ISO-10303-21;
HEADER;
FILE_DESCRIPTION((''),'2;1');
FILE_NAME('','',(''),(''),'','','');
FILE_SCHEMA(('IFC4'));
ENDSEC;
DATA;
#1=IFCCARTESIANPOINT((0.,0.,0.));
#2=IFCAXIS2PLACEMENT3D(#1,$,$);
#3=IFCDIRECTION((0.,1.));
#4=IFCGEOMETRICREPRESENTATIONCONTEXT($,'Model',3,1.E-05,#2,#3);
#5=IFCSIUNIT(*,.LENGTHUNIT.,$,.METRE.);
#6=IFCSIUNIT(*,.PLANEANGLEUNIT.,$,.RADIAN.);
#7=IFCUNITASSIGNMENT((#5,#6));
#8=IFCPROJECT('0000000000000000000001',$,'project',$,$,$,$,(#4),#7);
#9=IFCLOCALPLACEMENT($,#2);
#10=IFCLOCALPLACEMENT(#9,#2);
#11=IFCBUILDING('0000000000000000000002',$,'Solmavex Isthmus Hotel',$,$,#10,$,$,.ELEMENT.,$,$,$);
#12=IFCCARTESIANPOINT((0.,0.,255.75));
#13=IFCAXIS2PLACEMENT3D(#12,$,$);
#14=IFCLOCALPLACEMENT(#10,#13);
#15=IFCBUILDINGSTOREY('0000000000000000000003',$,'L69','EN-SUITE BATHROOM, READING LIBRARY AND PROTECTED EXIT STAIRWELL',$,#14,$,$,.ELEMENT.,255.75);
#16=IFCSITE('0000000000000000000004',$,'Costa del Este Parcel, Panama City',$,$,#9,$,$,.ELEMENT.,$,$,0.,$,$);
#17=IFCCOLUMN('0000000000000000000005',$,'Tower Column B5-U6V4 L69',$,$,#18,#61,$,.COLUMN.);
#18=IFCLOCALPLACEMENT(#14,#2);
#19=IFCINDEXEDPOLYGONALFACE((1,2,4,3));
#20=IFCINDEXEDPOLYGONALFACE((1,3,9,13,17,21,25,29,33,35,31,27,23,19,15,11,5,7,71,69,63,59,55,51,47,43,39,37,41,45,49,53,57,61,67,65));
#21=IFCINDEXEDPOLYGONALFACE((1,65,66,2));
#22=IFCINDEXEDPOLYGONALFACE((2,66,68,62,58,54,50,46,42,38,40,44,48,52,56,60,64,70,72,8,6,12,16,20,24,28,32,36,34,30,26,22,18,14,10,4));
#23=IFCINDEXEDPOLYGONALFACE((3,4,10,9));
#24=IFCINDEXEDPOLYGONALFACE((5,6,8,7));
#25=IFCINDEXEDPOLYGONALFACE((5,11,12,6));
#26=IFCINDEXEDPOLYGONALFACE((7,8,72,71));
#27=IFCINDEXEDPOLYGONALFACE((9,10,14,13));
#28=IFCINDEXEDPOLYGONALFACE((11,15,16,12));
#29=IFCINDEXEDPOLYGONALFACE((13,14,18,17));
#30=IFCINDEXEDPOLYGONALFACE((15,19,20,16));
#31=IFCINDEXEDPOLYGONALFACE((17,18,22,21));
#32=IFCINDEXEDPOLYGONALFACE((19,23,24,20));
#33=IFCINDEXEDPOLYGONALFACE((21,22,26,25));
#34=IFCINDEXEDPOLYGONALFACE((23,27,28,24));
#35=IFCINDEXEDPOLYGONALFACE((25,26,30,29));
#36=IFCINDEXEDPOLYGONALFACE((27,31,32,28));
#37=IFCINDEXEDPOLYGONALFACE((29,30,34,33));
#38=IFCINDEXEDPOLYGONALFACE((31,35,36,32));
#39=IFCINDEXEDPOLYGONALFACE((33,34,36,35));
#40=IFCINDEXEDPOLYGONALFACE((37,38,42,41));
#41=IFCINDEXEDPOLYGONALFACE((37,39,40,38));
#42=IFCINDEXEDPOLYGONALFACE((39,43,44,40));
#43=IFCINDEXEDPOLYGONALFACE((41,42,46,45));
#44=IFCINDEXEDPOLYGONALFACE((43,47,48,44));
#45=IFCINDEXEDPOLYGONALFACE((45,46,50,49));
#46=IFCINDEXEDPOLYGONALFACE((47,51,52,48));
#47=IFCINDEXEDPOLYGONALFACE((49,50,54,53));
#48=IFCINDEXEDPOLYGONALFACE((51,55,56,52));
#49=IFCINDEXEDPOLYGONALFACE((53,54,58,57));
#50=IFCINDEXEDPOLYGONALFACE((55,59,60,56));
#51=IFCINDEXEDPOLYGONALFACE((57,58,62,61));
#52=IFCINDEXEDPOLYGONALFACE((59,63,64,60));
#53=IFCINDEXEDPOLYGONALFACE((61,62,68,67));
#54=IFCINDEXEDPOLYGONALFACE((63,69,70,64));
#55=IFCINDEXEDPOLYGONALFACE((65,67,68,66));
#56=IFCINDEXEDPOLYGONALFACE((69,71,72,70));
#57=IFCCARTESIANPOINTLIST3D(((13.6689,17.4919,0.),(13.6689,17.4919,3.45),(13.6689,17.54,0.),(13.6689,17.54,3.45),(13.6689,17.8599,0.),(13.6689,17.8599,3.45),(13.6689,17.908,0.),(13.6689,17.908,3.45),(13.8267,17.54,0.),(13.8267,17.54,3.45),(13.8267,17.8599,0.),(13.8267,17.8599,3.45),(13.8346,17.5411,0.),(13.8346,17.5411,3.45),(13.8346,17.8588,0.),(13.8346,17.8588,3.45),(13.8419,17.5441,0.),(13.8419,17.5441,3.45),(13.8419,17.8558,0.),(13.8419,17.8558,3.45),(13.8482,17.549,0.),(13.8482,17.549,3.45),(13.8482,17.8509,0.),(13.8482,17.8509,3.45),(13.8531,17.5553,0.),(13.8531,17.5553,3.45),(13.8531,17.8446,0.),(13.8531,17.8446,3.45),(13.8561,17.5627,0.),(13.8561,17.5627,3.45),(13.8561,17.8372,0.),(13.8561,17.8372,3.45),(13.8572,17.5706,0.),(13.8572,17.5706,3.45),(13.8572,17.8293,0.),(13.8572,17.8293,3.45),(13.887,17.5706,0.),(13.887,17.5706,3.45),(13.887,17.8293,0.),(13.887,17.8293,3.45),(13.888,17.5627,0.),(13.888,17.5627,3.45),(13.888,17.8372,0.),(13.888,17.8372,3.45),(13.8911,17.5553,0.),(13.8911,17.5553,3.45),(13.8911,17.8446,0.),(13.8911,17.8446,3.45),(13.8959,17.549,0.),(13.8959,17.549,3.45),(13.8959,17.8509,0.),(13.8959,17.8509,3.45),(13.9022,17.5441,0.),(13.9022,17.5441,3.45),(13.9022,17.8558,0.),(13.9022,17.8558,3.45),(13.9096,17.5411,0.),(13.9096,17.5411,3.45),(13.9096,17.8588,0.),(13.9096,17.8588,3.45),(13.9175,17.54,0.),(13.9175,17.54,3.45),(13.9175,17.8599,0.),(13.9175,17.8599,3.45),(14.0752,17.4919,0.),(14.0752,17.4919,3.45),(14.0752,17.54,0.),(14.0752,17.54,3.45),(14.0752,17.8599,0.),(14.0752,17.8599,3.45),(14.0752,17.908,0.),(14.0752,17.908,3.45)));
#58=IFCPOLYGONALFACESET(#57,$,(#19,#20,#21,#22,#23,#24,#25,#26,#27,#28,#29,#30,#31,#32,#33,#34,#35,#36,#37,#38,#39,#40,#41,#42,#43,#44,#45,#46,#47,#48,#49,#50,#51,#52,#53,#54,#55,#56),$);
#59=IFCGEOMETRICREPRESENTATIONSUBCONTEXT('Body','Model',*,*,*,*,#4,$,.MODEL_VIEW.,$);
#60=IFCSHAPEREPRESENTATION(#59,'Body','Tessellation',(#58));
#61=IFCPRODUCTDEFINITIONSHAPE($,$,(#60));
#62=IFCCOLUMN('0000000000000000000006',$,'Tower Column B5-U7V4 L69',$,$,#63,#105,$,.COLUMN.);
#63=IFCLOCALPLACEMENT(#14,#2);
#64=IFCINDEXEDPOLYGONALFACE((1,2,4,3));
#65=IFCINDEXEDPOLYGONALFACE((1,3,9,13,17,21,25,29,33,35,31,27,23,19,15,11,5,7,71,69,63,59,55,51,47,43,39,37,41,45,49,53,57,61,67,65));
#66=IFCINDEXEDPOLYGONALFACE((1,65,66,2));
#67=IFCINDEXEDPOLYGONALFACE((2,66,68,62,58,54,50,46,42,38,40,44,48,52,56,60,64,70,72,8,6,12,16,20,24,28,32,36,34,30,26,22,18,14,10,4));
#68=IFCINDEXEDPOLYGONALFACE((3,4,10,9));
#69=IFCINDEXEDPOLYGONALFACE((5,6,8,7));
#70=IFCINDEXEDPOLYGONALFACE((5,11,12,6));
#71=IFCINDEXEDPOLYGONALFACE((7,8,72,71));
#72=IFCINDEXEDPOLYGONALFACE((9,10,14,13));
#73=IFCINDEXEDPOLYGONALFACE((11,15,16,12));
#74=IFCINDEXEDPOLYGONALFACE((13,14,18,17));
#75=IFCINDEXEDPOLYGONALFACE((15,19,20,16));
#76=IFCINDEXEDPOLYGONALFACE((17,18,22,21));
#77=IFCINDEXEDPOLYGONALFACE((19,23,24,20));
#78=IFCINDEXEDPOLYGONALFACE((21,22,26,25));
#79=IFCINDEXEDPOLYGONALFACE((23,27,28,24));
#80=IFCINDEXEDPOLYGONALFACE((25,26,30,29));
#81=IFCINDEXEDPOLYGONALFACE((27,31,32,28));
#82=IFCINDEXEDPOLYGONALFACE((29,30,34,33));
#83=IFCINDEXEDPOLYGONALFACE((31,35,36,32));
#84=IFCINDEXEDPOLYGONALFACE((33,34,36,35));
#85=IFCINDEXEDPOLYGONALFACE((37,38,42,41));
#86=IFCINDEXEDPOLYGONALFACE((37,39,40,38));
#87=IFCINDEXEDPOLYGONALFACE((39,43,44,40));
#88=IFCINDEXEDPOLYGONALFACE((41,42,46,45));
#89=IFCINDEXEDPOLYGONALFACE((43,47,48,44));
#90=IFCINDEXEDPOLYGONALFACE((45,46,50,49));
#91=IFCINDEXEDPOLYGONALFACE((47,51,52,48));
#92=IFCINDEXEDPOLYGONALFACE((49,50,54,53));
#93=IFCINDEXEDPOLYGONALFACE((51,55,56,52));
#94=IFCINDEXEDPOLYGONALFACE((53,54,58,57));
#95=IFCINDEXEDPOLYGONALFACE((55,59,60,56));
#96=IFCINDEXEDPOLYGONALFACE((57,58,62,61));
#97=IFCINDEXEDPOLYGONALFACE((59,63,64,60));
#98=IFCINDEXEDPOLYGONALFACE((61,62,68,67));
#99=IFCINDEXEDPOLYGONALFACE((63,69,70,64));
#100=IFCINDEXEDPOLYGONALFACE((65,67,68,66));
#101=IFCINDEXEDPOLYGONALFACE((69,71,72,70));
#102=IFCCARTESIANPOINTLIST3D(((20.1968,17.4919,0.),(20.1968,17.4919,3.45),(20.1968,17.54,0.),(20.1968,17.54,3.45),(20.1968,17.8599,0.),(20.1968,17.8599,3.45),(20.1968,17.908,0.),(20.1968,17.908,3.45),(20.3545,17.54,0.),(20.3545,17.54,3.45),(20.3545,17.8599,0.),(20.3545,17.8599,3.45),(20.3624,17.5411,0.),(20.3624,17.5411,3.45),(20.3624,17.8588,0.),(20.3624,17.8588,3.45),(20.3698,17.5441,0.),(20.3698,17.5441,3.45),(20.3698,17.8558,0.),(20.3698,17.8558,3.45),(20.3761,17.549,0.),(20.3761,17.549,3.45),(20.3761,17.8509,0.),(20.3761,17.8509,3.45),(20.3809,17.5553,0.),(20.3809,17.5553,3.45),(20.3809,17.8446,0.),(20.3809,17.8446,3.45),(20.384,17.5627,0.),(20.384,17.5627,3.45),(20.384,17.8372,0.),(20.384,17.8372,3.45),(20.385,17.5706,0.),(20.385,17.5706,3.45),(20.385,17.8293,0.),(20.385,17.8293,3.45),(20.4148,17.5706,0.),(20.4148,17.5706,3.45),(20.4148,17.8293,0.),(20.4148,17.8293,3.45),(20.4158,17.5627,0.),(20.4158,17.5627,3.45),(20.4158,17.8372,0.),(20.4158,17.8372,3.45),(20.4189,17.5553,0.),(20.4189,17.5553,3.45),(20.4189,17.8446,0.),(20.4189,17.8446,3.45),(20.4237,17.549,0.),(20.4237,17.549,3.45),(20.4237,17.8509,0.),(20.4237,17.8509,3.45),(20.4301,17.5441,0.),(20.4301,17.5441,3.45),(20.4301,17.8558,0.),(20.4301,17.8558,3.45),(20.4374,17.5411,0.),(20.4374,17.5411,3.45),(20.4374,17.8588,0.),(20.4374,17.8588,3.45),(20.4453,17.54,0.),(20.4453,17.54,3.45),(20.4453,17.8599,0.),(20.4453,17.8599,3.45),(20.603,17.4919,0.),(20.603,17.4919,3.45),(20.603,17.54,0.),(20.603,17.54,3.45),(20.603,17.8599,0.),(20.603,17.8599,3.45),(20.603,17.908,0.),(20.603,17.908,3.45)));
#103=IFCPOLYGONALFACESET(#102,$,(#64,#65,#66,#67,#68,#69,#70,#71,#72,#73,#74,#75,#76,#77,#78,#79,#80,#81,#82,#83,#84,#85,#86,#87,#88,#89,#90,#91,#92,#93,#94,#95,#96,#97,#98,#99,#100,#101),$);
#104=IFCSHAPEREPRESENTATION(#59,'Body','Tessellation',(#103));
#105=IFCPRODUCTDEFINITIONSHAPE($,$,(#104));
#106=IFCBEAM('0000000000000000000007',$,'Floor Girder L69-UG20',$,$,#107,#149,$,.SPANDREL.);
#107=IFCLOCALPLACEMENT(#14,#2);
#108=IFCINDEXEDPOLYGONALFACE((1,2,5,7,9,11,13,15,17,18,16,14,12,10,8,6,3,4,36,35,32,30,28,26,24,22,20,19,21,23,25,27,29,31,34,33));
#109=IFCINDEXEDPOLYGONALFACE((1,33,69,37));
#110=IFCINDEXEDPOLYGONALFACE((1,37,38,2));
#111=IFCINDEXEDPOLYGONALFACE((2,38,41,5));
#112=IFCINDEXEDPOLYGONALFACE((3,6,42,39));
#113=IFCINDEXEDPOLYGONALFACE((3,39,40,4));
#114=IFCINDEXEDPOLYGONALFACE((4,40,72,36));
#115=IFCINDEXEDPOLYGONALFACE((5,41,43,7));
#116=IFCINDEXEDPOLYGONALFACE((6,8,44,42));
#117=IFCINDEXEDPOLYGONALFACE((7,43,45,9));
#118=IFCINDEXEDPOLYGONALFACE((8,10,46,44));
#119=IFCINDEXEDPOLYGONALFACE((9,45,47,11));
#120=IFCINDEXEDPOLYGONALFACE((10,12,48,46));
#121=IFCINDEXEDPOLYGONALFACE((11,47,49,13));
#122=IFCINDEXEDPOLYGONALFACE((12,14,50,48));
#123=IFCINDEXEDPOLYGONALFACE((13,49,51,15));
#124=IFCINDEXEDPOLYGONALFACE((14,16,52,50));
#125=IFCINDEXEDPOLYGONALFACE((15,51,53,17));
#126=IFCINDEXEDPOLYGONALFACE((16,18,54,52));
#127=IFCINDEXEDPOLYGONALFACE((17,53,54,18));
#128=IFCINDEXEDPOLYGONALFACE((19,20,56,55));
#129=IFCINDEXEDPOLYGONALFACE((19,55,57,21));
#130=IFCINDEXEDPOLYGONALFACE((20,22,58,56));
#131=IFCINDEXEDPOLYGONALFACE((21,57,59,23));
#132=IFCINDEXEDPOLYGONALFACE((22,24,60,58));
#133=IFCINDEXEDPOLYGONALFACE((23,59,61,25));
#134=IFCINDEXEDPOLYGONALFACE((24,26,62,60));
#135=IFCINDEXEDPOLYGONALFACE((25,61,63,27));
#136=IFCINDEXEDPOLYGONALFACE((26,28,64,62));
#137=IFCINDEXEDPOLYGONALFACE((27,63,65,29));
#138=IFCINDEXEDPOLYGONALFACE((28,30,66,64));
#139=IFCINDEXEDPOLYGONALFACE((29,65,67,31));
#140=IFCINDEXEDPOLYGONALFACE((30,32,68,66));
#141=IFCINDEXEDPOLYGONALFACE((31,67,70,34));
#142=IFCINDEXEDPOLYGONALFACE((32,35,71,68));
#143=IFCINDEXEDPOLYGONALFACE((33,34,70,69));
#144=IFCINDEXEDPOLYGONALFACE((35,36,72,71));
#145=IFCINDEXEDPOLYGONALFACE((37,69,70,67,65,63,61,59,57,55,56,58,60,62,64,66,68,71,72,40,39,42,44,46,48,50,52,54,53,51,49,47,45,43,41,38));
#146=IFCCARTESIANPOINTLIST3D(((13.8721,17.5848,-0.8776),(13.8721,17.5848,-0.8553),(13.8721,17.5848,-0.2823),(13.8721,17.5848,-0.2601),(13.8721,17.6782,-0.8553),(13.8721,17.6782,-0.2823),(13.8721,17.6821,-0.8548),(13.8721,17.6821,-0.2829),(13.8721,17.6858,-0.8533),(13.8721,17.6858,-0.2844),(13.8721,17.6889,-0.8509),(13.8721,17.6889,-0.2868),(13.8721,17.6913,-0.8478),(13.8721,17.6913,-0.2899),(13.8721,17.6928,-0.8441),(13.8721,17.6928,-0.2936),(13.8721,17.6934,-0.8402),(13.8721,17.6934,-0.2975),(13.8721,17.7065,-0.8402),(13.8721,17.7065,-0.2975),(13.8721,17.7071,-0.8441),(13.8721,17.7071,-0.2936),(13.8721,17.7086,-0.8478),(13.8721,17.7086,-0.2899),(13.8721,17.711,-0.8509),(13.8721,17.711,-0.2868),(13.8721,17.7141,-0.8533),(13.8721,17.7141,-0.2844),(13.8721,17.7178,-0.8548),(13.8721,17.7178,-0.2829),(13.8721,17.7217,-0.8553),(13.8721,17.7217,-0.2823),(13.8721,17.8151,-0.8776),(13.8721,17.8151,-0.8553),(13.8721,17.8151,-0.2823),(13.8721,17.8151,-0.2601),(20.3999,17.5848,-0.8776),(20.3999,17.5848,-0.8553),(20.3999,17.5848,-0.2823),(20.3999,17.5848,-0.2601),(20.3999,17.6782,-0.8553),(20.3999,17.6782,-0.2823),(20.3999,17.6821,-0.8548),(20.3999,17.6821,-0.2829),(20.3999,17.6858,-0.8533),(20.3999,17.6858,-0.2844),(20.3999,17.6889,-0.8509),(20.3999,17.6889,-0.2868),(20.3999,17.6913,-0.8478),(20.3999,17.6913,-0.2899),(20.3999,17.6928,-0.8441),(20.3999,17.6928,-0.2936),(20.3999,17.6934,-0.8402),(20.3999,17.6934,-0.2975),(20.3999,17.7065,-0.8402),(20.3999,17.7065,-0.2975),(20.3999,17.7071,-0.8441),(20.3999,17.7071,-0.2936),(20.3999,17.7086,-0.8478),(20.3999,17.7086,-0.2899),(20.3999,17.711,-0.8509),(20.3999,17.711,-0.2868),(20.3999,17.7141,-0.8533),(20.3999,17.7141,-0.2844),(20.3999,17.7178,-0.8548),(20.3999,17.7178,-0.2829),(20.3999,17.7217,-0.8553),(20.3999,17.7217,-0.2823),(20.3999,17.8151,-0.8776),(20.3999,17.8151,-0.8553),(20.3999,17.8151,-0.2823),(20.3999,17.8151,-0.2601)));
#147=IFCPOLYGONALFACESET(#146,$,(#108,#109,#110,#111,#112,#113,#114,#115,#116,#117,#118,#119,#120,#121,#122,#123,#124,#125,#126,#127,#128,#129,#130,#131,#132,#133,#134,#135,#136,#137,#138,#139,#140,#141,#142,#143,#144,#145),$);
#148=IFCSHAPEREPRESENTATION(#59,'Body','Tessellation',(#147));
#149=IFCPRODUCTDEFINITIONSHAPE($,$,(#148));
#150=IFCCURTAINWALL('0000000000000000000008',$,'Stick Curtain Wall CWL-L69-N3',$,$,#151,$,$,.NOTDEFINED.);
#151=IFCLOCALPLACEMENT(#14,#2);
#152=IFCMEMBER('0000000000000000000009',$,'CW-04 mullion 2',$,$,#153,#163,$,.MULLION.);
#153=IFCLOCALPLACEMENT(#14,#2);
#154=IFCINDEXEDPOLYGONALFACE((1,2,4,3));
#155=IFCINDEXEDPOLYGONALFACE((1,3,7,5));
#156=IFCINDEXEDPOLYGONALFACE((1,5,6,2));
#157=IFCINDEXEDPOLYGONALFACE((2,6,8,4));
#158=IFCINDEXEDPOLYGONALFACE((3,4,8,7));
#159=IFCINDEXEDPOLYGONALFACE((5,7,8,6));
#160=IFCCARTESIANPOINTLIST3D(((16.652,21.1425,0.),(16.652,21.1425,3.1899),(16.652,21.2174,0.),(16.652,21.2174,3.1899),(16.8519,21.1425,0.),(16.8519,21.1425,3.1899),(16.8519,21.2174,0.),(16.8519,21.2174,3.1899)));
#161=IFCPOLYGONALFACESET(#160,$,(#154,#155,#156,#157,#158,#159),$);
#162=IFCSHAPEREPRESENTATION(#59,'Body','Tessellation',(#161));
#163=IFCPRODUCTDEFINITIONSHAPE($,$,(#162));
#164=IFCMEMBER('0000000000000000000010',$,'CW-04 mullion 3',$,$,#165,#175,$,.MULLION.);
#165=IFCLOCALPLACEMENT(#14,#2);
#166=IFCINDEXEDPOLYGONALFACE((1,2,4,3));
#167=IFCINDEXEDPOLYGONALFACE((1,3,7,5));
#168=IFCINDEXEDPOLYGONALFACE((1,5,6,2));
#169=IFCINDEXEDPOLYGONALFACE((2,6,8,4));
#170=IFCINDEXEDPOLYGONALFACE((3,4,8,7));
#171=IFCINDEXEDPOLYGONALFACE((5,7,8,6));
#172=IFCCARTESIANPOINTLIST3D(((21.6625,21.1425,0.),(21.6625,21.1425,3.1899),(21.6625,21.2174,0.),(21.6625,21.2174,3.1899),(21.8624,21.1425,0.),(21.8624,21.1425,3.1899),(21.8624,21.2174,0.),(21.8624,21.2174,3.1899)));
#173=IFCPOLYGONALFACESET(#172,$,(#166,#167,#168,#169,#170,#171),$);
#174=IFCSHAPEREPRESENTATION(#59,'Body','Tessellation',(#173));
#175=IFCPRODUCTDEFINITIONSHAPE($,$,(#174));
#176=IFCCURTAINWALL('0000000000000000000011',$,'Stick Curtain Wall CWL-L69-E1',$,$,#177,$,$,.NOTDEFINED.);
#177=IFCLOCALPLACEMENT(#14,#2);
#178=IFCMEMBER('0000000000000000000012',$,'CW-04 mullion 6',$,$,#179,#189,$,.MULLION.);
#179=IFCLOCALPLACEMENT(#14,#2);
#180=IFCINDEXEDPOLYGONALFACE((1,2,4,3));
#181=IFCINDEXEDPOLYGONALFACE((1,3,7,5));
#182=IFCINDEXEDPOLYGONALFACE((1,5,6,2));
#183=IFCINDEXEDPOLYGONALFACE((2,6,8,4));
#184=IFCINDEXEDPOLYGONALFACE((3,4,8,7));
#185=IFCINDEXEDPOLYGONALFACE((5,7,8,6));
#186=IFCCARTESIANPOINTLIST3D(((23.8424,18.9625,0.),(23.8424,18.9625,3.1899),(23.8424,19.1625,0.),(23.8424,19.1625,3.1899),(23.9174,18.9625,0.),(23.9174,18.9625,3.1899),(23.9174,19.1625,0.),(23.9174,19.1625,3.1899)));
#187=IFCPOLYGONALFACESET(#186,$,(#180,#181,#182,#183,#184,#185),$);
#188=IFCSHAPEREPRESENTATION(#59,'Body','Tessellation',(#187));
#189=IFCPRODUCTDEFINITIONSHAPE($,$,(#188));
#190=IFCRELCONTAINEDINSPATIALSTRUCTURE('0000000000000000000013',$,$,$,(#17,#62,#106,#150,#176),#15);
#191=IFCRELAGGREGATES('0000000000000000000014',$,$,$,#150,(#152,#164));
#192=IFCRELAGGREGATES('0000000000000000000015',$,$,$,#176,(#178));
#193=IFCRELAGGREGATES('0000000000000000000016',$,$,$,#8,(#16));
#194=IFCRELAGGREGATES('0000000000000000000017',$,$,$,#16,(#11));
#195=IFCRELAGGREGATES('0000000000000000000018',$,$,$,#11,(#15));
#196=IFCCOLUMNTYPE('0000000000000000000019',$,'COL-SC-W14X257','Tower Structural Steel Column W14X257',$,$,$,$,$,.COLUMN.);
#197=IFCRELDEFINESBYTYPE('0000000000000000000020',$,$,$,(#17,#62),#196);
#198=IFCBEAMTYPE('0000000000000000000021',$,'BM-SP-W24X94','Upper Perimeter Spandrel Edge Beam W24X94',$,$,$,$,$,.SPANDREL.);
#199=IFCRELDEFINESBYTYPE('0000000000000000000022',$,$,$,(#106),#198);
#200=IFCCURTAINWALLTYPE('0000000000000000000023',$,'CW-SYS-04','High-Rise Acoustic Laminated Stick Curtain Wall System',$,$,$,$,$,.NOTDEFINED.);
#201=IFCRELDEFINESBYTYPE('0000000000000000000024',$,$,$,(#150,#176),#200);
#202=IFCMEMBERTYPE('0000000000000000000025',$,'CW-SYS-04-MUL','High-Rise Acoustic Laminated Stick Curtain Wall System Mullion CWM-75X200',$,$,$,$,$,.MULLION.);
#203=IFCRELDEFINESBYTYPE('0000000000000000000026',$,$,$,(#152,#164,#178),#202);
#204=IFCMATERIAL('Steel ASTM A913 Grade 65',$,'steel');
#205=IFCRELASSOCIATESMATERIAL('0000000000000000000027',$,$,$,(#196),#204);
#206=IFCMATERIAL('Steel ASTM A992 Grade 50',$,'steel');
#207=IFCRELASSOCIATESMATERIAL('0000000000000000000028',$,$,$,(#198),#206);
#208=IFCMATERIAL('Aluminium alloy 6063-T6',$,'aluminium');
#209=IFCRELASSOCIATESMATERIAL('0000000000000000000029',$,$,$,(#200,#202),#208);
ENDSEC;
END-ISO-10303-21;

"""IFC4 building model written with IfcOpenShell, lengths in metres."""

from ifc_helpers import new_model, si_unit, direction, frame, origin, origin_2d, place, context, subcontext, project, spatial, rectangle, i_section, extrude, material, material_profile, profile_set, type_object, element, aggregate, save


model = new_model("IFC4")

# Units and contexts
model_context = context("Model", 3, precision=1e-05, world=origin(), true_north=direction((0.0, 1.0)))
body_context = subcontext(model_context, "Body", "Model", "MODEL_VIEW")
ifc_project = project(units=[si_unit("LENGTHUNIT", "METRE"), si_unit("PLANEANGLEUNIT", "RADIAN")], contexts=[model_context])

# Site, building, storey
site_placement = place(None, origin())
site = spatial("IfcSite", under=ifc_project, at=site_placement, Name="Costa del Este Parcel, Panama City", CompositionType="ELEMENT", RefElevation=0.0)
building_placement = place(site_placement, origin())
building = spatial("IfcBuilding", under=site, at=building_placement, Name="Solmavex Isthmus Hotel", CompositionType="ELEMENT")
storey_placement = place(building_placement, frame((0.0, 0.0, 255.75)))
storey = spatial("IfcBuildingStorey", under=building, at=storey_placement, Name="L69", Description="EN-SUITE BATHROOM, READING LIBRARY AND PROTECTED EXIT STAIRWELL", CompositionType="ELEMENT", Elevation=255.75)

# Columns
ifc_material_1 = material(Name="Steel ASTM A913 Grade 65", Category="steel")
ifc_material_profile_1 = material_profile(ifc_material_1, i_section(OverallWidth=0.4062, OverallDepth=0.416, WebThickness=0.0298, FlangeThickness=0.0481, FilletRadius=0.0305, at=origin_2d()), Name="W14X257")
ifc_profile_set_1 = profile_set([ifc_material_profile_1], Name="Steel ASTM A913 Grade 65")
column_type = type_object("IfcColumnType", Name="COL-SC-W14X257", Description="Tower Structural Steel Column W14X257", PredefinedType="COLUMN", material=ifc_profile_set_1)
for number, where, z_axis, x_axis, name in (
    (1, (13.8721, 17.7, 0.0), (0.0, 0.0, 1.0), (1.0, 0.0, 0.0), "Tower Column B5-U6V4 L69"),
    (2, (20.3999, 17.7, 0.0), (0.0, 0.0, 1.0), (1.0, 0.0, 0.0), "Tower Column B5-U7V4 L69"),
):
    element("IfcColumn", number, at=place(storey_placement, frame(where, z_axis=z_axis, x_axis=x_axis)), inside=storey, type_object=column_type, Name=name, PredefinedType="COLUMN", context=body_context, shape_type="SweptSolid", body=[
        extrude(i_section(OverallWidth=0.4062, OverallDepth=0.416, WebThickness=0.0298, FlangeThickness=0.0481, FilletRadius=0.0305, at=origin_2d()), origin(), (0.0, 0.0, 1.0), 3.45),
    ])

# Beam
ifc_material_2 = material(Name="Steel ASTM A992 Grade 50", Category="steel")
ifc_material_profile_2 = material_profile(ifc_material_2, i_section(OverallWidth=0.2302, OverallDepth=0.6174, WebThickness=0.0132, FlangeThickness=0.0222, FilletRadius=0.0151, at=origin_2d()), Name="W24X94")
ifc_profile_set_2 = profile_set([ifc_material_profile_2], Name="Steel ASTM A992 Grade 50")
beam_type = type_object("IfcBeamType", Name="BM-SP-W24X94", Description="Upper Perimeter Spandrel Edge Beam W24X94", PredefinedType="SPANDREL", material=ifc_profile_set_2)
beam_placement = place(storey_placement, frame((13.8721, 17.7, -0.5688), z_axis=(1.0, 0.0, 0.0), x_axis=(0.0, 1.0, 0.0)))
element("IfcBeam", 3, at=beam_placement, inside=storey, type_object=beam_type, Name="Floor Girder L69-UG20", PredefinedType="SPANDREL", context=body_context, shape_type="SweptSolid", body=[
    extrude(i_section(OverallWidth=0.2302, OverallDepth=0.6174, WebThickness=0.0132, FlangeThickness=0.0222, FilletRadius=0.0151, at=origin_2d()), origin(), (0.0, 0.0, 1.0), 6.5278),
])

# Curtain wall, members
ifc_material_3 = material(Name="Aluminium alloy 6063-T6", Category="aluminium")
curtain_wall_type = type_object("IfcCurtainWallType", Name="CW-SYS-04", Description="High-Rise Acoustic Laminated Stick Curtain Wall System", PredefinedType="NOTDEFINED", material=ifc_material_3)
curtain_wall_1_placement = place(storey_placement, origin())
curtain_wall_1 = element("IfcCurtainWall", 4, at=curtain_wall_1_placement, inside=storey, type_object=curtain_wall_type, Name="Stick Curtain Wall CWL-L69-N3", PredefinedType="NOTDEFINED")
ifc_material_profile_3 = material_profile(ifc_material_3, rectangle(XDim=0.075, YDim=0.2, at=origin_2d()), Name="CWM-75X200")
ifc_profile_set_3 = profile_set([ifc_material_profile_3], Name="Aluminium alloy 6063-T6")
member_type_1 = type_object("IfcMemberType", Name="CW-SYS-04-MUL", Description="High-Rise Acoustic Laminated Stick Curtain Wall System Mullion CWM-75X200", PredefinedType="MULLION", material=ifc_profile_set_3)
member_1_placement = place(storey_placement, frame((16.752, 21.1799, 0.0), z_axis=(0.0, 0.0, 1.0), x_axis=(0.0, 1.0, 0.0)))
member_1 = element("IfcMember", 5, at=member_1_placement, type_object=member_type_1, Name="CW-04 mullion 2", PredefinedType="MULLION", context=body_context, shape_type="SweptSolid", body=[
    extrude(rectangle(XDim=0.075, YDim=0.2, at=origin_2d()), origin(), (0.0, 0.0, 1.0), 3.1899),
])
member_2_placement = place(storey_placement, frame((21.7625, 21.1799, 0.0), z_axis=(0.0, 0.0, 1.0), x_axis=(0.0, 1.0, 0.0)))
member_2 = element("IfcMember", 6, at=member_2_placement, type_object=member_type_1, Name="CW-04 mullion 3", PredefinedType="MULLION", context=body_context, shape_type="SweptSolid", body=[
    extrude(rectangle(XDim=0.075, YDim=0.2, at=origin_2d()), origin(), (0.0, 0.0, 1.0), 3.1899),
])

# Curtain wall, member
curtain_wall_2_placement = place(storey_placement, origin())
curtain_wall_2 = element("IfcCurtainWall", 7, at=curtain_wall_2_placement, inside=storey, type_object=curtain_wall_type, Name="Stick Curtain Wall CWL-L69-E1", PredefinedType="NOTDEFINED")
member_3_placement = place(storey_placement, frame((23.8799, 19.0625, 0.0), z_axis=(0.0, 0.0, 1.0), x_axis=(-1.0, 0.0, 0.0)))
member_3 = element("IfcMember", 8, at=member_3_placement, type_object=member_type_1, Name="CW-04 mullion 6", PredefinedType="MULLION", context=body_context, shape_type="SweptSolid", body=[
    extrude(rectangle(XDim=0.075, YDim=0.2, at=origin_2d()), origin(), (0.0, 0.0, 1.0), 3.1899),
])

aggregate(curtain_wall_1, [member_1, member_2])
aggregate(curtain_wall_2, [member_3])

save(model, "model.ifc")
